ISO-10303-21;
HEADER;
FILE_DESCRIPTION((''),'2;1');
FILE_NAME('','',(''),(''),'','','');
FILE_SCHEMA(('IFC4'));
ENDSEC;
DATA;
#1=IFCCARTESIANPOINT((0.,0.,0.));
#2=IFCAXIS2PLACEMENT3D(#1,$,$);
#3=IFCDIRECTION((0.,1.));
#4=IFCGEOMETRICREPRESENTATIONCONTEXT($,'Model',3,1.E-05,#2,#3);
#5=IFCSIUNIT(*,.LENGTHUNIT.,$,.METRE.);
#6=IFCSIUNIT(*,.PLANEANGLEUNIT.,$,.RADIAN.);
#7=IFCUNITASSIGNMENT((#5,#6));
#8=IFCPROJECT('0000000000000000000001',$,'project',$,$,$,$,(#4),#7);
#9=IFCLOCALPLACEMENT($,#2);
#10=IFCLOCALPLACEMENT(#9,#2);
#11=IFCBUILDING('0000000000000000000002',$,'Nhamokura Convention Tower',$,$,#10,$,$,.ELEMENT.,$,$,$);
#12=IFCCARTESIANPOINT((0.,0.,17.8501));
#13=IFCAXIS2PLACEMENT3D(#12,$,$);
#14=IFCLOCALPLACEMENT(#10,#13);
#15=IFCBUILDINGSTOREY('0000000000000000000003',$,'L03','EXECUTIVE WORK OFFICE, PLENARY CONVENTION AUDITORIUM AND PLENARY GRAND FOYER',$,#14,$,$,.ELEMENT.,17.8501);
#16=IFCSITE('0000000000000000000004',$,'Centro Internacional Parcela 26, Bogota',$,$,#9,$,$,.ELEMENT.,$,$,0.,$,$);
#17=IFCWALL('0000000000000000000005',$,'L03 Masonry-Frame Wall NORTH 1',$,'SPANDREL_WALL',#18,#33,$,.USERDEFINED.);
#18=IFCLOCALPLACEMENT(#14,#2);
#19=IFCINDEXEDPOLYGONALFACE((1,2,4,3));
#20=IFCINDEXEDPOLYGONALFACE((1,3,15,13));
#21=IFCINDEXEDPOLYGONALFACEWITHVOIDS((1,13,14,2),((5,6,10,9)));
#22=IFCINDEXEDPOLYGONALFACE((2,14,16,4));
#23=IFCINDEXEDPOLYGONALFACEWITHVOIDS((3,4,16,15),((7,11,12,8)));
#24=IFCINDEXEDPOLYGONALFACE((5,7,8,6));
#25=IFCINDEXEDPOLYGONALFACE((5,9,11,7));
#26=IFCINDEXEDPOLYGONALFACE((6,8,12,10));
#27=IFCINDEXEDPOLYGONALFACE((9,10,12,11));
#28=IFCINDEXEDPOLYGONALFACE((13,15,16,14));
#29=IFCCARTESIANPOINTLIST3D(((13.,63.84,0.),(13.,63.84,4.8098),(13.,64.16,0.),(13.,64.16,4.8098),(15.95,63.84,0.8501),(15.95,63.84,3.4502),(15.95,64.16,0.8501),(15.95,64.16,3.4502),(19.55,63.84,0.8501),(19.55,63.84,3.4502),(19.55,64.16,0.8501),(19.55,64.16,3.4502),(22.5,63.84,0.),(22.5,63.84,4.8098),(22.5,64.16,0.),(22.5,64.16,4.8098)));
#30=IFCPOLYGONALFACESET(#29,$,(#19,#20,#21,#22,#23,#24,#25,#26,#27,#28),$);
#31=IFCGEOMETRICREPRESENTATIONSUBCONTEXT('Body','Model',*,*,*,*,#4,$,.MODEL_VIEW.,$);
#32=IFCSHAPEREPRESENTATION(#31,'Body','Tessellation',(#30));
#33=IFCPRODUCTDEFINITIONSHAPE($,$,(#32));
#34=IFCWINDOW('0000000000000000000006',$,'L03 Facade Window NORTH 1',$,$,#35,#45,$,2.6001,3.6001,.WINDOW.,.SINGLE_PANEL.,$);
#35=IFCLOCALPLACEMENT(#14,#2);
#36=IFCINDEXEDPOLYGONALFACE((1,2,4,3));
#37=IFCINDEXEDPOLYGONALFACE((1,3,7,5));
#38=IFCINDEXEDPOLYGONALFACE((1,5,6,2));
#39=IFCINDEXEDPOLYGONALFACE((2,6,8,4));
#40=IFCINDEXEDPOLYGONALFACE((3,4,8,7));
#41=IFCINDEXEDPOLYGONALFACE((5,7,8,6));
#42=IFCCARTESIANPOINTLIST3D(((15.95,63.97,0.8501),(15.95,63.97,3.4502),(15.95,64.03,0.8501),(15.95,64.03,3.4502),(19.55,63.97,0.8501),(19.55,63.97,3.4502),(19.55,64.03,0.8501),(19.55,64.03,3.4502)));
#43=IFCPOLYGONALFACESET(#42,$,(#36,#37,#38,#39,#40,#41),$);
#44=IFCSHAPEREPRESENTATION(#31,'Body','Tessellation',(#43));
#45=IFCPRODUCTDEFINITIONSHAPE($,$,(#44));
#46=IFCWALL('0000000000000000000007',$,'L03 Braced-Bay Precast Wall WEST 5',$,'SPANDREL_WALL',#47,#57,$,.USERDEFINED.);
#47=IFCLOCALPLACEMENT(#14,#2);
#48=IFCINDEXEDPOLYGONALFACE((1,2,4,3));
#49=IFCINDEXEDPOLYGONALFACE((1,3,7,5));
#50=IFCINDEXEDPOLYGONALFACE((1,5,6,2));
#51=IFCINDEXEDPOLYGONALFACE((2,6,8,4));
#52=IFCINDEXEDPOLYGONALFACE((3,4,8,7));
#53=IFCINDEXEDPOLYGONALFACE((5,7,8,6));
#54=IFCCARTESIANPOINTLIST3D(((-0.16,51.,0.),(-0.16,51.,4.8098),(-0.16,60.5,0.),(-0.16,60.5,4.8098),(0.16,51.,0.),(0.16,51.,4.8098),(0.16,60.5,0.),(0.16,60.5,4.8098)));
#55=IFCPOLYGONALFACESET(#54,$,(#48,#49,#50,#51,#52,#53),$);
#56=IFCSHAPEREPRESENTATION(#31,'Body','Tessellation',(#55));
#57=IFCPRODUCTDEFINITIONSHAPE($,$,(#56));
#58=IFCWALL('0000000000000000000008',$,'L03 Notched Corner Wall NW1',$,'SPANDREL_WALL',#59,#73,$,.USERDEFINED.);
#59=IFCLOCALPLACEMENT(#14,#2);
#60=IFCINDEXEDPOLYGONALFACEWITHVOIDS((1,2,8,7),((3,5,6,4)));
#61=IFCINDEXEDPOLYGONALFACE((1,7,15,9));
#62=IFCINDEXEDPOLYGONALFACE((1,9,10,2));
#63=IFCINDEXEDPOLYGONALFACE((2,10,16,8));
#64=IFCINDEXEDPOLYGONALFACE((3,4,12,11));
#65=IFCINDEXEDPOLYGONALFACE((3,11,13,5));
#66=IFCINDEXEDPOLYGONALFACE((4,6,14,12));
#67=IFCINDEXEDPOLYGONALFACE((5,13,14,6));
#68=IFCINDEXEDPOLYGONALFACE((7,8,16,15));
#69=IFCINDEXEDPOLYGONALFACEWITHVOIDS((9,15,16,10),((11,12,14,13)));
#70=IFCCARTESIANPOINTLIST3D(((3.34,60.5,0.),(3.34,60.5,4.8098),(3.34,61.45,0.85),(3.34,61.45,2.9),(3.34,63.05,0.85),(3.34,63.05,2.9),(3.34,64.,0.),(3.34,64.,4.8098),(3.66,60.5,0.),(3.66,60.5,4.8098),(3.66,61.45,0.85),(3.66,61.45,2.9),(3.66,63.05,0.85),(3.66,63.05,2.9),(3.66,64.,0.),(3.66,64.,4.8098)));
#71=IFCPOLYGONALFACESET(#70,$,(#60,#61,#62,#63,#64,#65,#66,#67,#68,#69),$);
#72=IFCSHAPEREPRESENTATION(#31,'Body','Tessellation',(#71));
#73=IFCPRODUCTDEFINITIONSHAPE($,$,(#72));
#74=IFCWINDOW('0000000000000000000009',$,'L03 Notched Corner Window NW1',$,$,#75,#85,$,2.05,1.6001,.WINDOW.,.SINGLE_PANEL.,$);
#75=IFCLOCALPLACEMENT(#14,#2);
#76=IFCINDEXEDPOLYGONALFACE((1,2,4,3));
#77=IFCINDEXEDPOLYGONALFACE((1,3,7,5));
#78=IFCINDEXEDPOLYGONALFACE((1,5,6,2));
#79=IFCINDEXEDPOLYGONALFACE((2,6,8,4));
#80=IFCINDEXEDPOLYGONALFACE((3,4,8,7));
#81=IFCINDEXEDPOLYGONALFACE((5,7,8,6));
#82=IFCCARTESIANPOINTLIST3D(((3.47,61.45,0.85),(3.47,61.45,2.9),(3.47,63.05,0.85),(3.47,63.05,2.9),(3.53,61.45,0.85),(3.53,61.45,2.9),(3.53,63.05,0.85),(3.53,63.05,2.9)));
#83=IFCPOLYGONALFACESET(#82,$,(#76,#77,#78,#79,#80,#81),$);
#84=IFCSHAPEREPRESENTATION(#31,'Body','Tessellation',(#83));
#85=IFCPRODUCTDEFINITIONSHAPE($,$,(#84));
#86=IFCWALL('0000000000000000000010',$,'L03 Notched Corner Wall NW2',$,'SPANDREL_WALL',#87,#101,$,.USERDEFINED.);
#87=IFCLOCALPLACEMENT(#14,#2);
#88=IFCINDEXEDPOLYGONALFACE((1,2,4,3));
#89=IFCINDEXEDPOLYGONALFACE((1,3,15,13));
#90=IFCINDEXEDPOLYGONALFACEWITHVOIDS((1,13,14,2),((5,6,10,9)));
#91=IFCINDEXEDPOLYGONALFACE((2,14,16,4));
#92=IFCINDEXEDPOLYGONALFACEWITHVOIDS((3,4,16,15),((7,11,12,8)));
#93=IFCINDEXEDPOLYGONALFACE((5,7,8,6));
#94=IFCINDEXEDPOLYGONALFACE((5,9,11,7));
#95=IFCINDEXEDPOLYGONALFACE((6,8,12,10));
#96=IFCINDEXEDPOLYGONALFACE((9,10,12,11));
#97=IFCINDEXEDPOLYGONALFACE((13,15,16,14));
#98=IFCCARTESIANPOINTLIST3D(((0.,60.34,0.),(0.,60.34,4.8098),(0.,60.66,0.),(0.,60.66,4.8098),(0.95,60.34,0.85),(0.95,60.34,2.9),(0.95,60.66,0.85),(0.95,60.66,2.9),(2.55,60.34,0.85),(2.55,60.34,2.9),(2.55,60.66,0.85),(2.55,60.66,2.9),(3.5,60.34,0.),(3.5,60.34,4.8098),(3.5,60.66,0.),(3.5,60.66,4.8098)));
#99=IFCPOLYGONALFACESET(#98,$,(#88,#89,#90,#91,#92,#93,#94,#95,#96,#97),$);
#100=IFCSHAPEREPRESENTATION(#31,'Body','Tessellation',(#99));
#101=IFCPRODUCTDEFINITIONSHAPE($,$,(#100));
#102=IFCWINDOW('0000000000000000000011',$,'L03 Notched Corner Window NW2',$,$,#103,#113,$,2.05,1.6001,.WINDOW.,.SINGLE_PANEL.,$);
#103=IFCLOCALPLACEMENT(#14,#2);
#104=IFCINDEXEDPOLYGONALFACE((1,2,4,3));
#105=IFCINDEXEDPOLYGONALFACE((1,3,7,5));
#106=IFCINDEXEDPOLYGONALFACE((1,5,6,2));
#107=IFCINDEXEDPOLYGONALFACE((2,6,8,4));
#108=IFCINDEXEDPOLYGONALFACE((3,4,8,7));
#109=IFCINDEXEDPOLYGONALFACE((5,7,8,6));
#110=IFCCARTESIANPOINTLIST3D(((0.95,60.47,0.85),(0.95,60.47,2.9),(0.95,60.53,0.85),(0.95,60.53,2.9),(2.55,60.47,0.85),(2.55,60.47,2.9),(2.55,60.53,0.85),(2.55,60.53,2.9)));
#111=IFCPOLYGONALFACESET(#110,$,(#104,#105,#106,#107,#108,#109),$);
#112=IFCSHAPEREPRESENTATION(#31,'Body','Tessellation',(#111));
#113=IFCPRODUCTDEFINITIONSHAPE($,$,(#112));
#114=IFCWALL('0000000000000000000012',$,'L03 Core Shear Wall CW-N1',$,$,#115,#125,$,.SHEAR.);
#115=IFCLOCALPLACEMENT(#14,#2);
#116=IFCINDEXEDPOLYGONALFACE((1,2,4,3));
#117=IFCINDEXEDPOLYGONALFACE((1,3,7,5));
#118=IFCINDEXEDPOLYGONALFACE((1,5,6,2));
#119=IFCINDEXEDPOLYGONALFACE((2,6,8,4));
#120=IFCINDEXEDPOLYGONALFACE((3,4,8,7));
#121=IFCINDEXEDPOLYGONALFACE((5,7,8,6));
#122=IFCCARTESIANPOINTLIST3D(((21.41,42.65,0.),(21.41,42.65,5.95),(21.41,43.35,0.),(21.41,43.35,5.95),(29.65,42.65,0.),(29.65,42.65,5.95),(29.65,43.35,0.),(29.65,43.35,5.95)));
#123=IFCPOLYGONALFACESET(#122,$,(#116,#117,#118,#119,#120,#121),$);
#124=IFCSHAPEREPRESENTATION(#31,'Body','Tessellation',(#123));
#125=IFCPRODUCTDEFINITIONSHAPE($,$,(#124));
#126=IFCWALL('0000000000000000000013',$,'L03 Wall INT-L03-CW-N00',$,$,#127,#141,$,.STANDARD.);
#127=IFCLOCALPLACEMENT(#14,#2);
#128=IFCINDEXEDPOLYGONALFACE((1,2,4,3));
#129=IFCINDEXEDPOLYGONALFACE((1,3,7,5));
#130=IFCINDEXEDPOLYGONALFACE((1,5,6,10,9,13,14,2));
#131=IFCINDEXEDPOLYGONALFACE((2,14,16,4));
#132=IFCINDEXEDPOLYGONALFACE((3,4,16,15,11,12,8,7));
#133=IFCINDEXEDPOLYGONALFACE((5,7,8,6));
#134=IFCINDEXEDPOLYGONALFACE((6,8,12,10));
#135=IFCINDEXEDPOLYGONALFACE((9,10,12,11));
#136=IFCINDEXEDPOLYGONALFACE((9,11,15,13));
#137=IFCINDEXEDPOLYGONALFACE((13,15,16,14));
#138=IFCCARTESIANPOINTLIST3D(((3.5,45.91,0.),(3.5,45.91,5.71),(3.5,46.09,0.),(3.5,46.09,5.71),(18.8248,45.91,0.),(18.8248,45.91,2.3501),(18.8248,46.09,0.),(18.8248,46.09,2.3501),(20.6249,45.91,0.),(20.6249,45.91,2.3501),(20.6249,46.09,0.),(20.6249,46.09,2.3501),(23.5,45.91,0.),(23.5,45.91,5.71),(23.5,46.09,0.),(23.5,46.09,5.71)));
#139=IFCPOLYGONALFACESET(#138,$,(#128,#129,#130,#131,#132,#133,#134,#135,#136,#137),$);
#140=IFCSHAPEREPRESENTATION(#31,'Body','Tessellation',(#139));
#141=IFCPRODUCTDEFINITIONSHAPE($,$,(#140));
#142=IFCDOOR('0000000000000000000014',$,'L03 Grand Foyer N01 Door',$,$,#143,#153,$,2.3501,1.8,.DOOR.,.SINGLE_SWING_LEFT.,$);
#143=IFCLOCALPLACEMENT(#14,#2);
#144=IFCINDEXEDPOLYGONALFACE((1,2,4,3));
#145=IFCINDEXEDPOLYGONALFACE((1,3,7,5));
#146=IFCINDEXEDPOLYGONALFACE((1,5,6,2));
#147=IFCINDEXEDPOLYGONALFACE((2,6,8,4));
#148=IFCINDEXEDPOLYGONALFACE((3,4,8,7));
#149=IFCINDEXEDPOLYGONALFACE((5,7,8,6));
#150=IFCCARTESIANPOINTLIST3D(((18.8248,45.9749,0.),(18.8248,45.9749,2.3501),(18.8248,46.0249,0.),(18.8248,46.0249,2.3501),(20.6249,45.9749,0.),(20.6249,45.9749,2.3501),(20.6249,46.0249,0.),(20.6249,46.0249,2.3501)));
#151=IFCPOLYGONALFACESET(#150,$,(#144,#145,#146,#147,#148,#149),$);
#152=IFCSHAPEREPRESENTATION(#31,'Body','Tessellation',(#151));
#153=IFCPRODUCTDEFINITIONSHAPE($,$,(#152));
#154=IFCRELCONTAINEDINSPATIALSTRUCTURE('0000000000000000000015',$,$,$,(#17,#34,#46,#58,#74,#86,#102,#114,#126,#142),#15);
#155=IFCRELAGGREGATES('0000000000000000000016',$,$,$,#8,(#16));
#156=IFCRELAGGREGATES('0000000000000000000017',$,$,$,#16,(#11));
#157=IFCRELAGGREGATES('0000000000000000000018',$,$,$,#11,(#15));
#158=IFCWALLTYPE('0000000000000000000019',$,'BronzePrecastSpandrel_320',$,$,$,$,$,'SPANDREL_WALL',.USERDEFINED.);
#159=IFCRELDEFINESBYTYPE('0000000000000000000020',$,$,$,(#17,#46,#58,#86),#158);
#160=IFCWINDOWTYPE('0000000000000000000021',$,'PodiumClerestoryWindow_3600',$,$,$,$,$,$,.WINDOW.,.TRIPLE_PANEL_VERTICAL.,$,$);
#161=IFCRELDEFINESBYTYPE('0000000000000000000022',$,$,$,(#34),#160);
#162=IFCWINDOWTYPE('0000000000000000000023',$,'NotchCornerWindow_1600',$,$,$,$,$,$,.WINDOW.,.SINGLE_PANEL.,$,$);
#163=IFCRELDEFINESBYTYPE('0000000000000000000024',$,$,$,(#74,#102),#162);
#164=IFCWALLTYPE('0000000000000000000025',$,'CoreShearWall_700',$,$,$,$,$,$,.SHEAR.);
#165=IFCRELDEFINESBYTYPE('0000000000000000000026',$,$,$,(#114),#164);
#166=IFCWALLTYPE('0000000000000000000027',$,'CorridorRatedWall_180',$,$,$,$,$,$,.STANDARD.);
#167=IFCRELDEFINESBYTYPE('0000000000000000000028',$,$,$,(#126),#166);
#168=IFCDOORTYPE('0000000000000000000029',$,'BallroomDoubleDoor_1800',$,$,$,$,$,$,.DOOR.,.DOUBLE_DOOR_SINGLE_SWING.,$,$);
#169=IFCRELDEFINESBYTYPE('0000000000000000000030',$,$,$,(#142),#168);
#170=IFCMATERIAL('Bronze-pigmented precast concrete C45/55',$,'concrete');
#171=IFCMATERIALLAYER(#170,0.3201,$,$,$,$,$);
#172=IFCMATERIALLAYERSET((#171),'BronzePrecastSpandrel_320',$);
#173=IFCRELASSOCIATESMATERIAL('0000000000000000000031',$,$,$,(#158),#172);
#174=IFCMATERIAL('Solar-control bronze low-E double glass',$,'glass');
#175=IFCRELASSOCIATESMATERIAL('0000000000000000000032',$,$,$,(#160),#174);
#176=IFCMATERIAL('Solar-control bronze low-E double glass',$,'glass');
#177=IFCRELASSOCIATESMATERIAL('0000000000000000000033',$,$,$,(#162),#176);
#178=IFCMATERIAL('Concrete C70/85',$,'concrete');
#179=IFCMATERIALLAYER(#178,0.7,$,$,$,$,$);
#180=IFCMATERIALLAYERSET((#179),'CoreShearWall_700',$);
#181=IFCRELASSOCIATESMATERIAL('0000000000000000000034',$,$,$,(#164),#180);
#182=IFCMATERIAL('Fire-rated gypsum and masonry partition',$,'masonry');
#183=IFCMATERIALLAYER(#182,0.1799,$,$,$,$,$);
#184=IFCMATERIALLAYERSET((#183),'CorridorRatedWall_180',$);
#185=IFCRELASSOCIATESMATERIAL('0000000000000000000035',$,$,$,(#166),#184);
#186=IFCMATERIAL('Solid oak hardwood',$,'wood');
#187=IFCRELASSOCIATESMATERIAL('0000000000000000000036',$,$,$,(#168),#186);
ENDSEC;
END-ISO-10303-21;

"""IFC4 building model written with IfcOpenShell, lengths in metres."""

from ifc_helpers import new_model, si_unit, direction, frame, frame_2d, origin, place, context, subcontext, project, spatial, rectangle, extrude, material, layer, layer_set, type_object, element, fill, save


model = new_model("IFC4")

# Units and contexts
model_context = context("Model", 3, precision=1e-05, world=origin(), true_north=direction((0.0, 1.0)))
body_context = subcontext(model_context, "Body", "Model", "MODEL_VIEW")
ifc_project = project(units=[si_unit("LENGTHUNIT", "METRE"), si_unit("PLANEANGLEUNIT", "RADIAN")], contexts=[model_context])

# Site, building, storey
site_placement = place(None, origin())
site = spatial("IfcSite", under=ifc_project, at=site_placement, Name="Centro Internacional Parcela 26, Bogota", CompositionType="ELEMENT", RefElevation=0.0)
building_placement = place(site_placement, origin())
building = spatial("IfcBuilding", under=site, at=building_placement, Name="Nhamokura Convention Tower", CompositionType="ELEMENT")
storey_placement = place(building_placement, frame((0.0, 0.0, 17.8501)))
storey = spatial("IfcBuildingStorey", under=building, at=storey_placement, Name="L03", Description="EXECUTIVE WORK OFFICE, PLENARY CONVENTION AUDITORIUM AND PLENARY GRAND FOYER", CompositionType="ELEMENT", Elevation=17.8501)

# Shared definitions
ifc_material_1 = material(Name="Bronze-pigmented precast concrete C45/55", Category="concrete")
ifc_layer_1 = layer(ifc_material_1, 0.3201)
ifc_layer_set_1 = layer_set([ifc_layer_1], Name="BronzePrecastSpandrel_320")
wall_type_1 = type_object("IfcWallType", Name="BronzePrecastSpandrel_320", ElementType="SPANDREL_WALL", PredefinedType="USERDEFINED", material=ifc_layer_set_1)

# Wall, opening, window
wall_1_placement = place(storey_placement, frame((13.0, 64.0, 0.0), z_axis=(0.0, 0.0, 1.0), x_axis=(1.0, 0.0, 0.0)))
wall_1 = element("IfcWall", 1, at=wall_1_placement, inside=storey, type_object=wall_type_1, Name="L03 Masonry-Frame Wall NORTH 1", ObjectType="SPANDREL_WALL", PredefinedType="USERDEFINED", context=body_context, shape_type="SweptSolid", body=[
    extrude(rectangle(XDim=9.5, YDim=0.3201, at=frame_2d((4.75, 0.0))), origin(), (0.0, 0.0, 1.0), 4.8098),
])
opening_1_placement = place(wall_1_placement, frame((2.95, 0.0, 0.8501)))
opening_1 = element("IfcOpeningElement", 2, at=opening_1_placement, cuts=wall_1, PredefinedType="OPENING", context=body_context, shape_type="SweptSolid", body=[
    extrude(rectangle(XDim=3.6001, YDim=2.6001, at=frame_2d((1.8, 1.3))), frame((0.0, 0.1699, 0.0), z_axis=(0.0, -1.0, 0.0), x_axis=(1.0, 0.0, 0.0)), (0.0, 0.0, 1.0), 0.3401),
])
ifc_material_2 = material(Name="Solar-control bronze low-E double glass", Category="glass")
window_type_1 = type_object("IfcWindowType", Name="PodiumClerestoryWindow_3600", PartitioningType="TRIPLE_PANEL_VERTICAL", PredefinedType="WINDOW", material=ifc_material_2)
window_1_placement = place(opening_1_placement, origin())
window_1 = element("IfcWindow", 3, at=window_1_placement, inside=storey, type_object=window_type_1, Name="L03 Facade Window NORTH 1", OverallHeight=2.6001, OverallWidth=3.6001, PartitioningType="SINGLE_PANEL", PredefinedType="WINDOW", context=body_context, shape_type="SweptSolid", body=[
    extrude(rectangle(XDim=3.6001, YDim=2.6001, at=frame_2d((1.8, 1.3))), frame((0.0, 0.03, 0.0), z_axis=(0.0, -1.0, 0.0), x_axis=(1.0, 0.0, 0.0)), (0.0, 0.0, 1.0), 0.0601),
])
fill(opening_1, window_1)

# Wall
wall_2_placement = place(storey_placement, frame((0.0, 51.0, 0.0), z_axis=(0.0, 0.0, 1.0), x_axis=(0.0, 1.0, 0.0)))
element("IfcWall", 4, at=wall_2_placement, inside=storey, type_object=wall_type_1, Name="L03 Braced-Bay Precast Wall WEST 5", ObjectType="SPANDREL_WALL", PredefinedType="USERDEFINED", context=body_context, shape_type="SweptSolid", body=[
    extrude(rectangle(XDim=9.5, YDim=0.3201, at=frame_2d((4.75, 0.0))), origin(), (0.0, 0.0, 1.0), 4.8098),
])

# Walls, openings, windows
wall_3_placement = place(storey_placement, frame((3.5, 60.5, 0.0), z_axis=(0.0, 0.0, 1.0), x_axis=(0.0, 1.0, 0.0)))
wall_3 = element("IfcWall", 5, at=wall_3_placement, inside=storey, type_object=wall_type_1, Name="L03 Notched Corner Wall NW1", ObjectType="SPANDREL_WALL", PredefinedType="USERDEFINED", context=body_context, shape_type="SweptSolid", body=[
    extrude(rectangle(XDim=3.5, YDim=0.3201, at=frame_2d((1.75, 0.0))), origin(), (0.0, 0.0, 1.0), 4.8098),
])
opening_2_placement = place(wall_3_placement, frame((0.95, 0.0, 0.8501)))
opening_2 = element("IfcOpeningElement", 6, at=opening_2_placement, cuts=wall_3, PredefinedType="OPENING", context=body_context, shape_type="SweptSolid", body=[
    extrude(rectangle(XDim=1.6001, YDim=2.05, at=frame_2d((0.8, 1.0249))), frame((0.0, 0.1699, 0.0), z_axis=(0.0, -1.0, 0.0), x_axis=(1.0, 0.0, 0.0)), (0.0, 0.0, 1.0), 0.3401),
])
ifc_material_3 = material(Name="Solar-control bronze low-E double glass", Category="glass")
window_type_2 = type_object("IfcWindowType", Name="NotchCornerWindow_1600", PartitioningType="SINGLE_PANEL", PredefinedType="WINDOW", material=ifc_material_3)
window_2_placement = place(opening_2_placement, origin())
window_2 = element("IfcWindow", 7, at=window_2_placement, inside=storey, type_object=window_type_2, Name="L03 Notched Corner Window NW1", OverallHeight=2.05, OverallWidth=1.6001, PartitioningType="SINGLE_PANEL", PredefinedType="WINDOW", context=body_context, shape_type="SweptSolid", body=[
    extrude(rectangle(XDim=1.6001, YDim=2.05, at=frame_2d((0.8, 1.0249))), frame((0.0, 0.03, 0.0), z_axis=(0.0, -1.0, 0.0), x_axis=(1.0, 0.0, 0.0)), (0.0, 0.0, 1.0), 0.0601),
])
fill(opening_2, window_2)
wall_4_placement = place(storey_placement, frame((0.0, 60.5, 0.0), z_axis=(0.0, 0.0, 1.0), x_axis=(1.0, 0.0, 0.0)))
wall_4 = element("IfcWall", 8, at=wall_4_placement, inside=storey, type_object=wall_type_1, Name="L03 Notched Corner Wall NW2", ObjectType="SPANDREL_WALL", PredefinedType="USERDEFINED", context=body_context, shape_type="SweptSolid", body=[
    extrude(rectangle(XDim=3.5, YDim=0.3201, at=frame_2d((1.75, 0.0))), origin(), (0.0, 0.0, 1.0), 4.8098),
])
opening_3_placement = place(wall_4_placement, frame((0.95, 0.0, 0.8501)))
opening_3 = element("IfcOpeningElement", 9, at=opening_3_placement, cuts=wall_4, PredefinedType="OPENING", context=body_context, shape_type="SweptSolid", body=[
    extrude(rectangle(XDim=1.6001, YDim=2.05, at=frame_2d((0.8, 1.0249))), frame((0.0, 0.1699, 0.0), z_axis=(0.0, -1.0, 0.0), x_axis=(1.0, 0.0, 0.0)), (0.0, 0.0, 1.0), 0.3401),
])
window_3_placement = place(opening_3_placement, origin())
window_3 = element("IfcWindow", 10, at=window_3_placement, inside=storey, type_object=window_type_2, Name="L03 Notched Corner Window NW2", OverallHeight=2.05, OverallWidth=1.6001, PartitioningType="SINGLE_PANEL", PredefinedType="WINDOW", context=body_context, shape_type="SweptSolid", body=[
    extrude(rectangle(XDim=1.6001, YDim=2.05, at=frame_2d((0.8, 1.0249))), frame((0.0, 0.03, 0.0), z_axis=(0.0, -1.0, 0.0), x_axis=(1.0, 0.0, 0.0)), (0.0, 0.0, 1.0), 0.0601),
])
fill(opening_3, window_3)

# Wall
ifc_material_4 = material(Name="Concrete C70/85", Category="concrete")
ifc_layer_2 = layer(ifc_material_4, 0.7)
ifc_layer_set_2 = layer_set([ifc_layer_2], Name="CoreShearWall_700")
wall_type_2 = type_object("IfcWallType", Name="CoreShearWall_700", PredefinedType="SHEAR", material=ifc_layer_set_2)
wall_5_placement = place(storey_placement, frame((21.4099, 43.0, 0.0), z_axis=(0.0, 0.0, 1.0), x_axis=(1.0, 0.0, 0.0)))
element("IfcWall", 11, at=wall_5_placement, inside=storey, type_object=wall_type_2, Name="L03 Core Shear Wall CW-N1", PredefinedType="SHEAR", context=body_context, shape_type="SweptSolid", body=[
    extrude(rectangle(XDim=8.24, YDim=0.7, at=frame_2d((4.1201, 0.0))), origin(), (0.0, 0.0, 1.0), 5.95),
])

# Wall, opening, door
ifc_material_5 = material(Name="Fire-rated gypsum and masonry partition", Category="masonry")
ifc_layer_3 = layer(ifc_material_5, 0.1799)
ifc_layer_set_3 = layer_set([ifc_layer_3], Name="CorridorRatedWall_180")
wall_type_3 = type_object("IfcWallType", Name="CorridorRatedWall_180", PredefinedType="STANDARD", material=ifc_layer_set_3)
wall_6_placement = place(storey_placement, frame((3.5, 46.0, 0.0), z_axis=(0.0, 0.0, 1.0), x_axis=(1.0, 0.0, 0.0)))
wall_6 = element("IfcWall", 12, at=wall_6_placement, inside=storey, type_object=wall_type_3, Name="L03 Wall INT-L03-CW-N00", PredefinedType="STANDARD", context=body_context, shape_type="SweptSolid", body=[
    extrude(rectangle(XDim=20.0, YDim=0.1799, at=frame_2d((10.0, 0.0))), origin(), (0.0, 0.0, 1.0), 5.71),
])
opening_4_placement = place(wall_6_placement, frame((15.325, 0.0, 0.0)))
opening_4 = element("IfcOpeningElement", 13, at=opening_4_placement, cuts=wall_6, PredefinedType="OPENING", context=body_context, shape_type="SweptSolid", body=[
    extrude(rectangle(XDim=1.8, YDim=2.3501, at=frame_2d((0.8999, 1.175))), frame((0.0, 0.0999, 0.0), z_axis=(0.0, -1.0, 0.0), x_axis=(1.0, 0.0, 0.0)), (0.0, 0.0, 1.0), 0.2),
])
ifc_material_6 = material(Name="Solid oak hardwood", Category="wood")
door_type = type_object("IfcDoorType", Name="BallroomDoubleDoor_1800", OperationType="DOUBLE_DOOR_SINGLE_SWING", PredefinedType="DOOR", material=ifc_material_6)
door_placement = place(opening_4_placement, origin())
door = element("IfcDoor", 14, at=door_placement, inside=storey, type_object=door_type, Name="L03 Grand Foyer N01 Door", OperationType="SINGLE_SWING_LEFT", OverallHeight=2.3501, OverallWidth=1.8, PredefinedType="DOOR", context=body_context, shape_type="SweptSolid", body=[
    extrude(rectangle(XDim=1.8, YDim=2.3501, at=frame_2d((0.8999, 1.175))), frame((0.0, 0.0249, 0.0), z_axis=(0.0, -1.0, 0.0), x_axis=(1.0, 0.0, 0.0)), (0.0, 0.0, 1.0), 0.05),
])
fill(opening_4, door)

save(model, "model.ifc")
